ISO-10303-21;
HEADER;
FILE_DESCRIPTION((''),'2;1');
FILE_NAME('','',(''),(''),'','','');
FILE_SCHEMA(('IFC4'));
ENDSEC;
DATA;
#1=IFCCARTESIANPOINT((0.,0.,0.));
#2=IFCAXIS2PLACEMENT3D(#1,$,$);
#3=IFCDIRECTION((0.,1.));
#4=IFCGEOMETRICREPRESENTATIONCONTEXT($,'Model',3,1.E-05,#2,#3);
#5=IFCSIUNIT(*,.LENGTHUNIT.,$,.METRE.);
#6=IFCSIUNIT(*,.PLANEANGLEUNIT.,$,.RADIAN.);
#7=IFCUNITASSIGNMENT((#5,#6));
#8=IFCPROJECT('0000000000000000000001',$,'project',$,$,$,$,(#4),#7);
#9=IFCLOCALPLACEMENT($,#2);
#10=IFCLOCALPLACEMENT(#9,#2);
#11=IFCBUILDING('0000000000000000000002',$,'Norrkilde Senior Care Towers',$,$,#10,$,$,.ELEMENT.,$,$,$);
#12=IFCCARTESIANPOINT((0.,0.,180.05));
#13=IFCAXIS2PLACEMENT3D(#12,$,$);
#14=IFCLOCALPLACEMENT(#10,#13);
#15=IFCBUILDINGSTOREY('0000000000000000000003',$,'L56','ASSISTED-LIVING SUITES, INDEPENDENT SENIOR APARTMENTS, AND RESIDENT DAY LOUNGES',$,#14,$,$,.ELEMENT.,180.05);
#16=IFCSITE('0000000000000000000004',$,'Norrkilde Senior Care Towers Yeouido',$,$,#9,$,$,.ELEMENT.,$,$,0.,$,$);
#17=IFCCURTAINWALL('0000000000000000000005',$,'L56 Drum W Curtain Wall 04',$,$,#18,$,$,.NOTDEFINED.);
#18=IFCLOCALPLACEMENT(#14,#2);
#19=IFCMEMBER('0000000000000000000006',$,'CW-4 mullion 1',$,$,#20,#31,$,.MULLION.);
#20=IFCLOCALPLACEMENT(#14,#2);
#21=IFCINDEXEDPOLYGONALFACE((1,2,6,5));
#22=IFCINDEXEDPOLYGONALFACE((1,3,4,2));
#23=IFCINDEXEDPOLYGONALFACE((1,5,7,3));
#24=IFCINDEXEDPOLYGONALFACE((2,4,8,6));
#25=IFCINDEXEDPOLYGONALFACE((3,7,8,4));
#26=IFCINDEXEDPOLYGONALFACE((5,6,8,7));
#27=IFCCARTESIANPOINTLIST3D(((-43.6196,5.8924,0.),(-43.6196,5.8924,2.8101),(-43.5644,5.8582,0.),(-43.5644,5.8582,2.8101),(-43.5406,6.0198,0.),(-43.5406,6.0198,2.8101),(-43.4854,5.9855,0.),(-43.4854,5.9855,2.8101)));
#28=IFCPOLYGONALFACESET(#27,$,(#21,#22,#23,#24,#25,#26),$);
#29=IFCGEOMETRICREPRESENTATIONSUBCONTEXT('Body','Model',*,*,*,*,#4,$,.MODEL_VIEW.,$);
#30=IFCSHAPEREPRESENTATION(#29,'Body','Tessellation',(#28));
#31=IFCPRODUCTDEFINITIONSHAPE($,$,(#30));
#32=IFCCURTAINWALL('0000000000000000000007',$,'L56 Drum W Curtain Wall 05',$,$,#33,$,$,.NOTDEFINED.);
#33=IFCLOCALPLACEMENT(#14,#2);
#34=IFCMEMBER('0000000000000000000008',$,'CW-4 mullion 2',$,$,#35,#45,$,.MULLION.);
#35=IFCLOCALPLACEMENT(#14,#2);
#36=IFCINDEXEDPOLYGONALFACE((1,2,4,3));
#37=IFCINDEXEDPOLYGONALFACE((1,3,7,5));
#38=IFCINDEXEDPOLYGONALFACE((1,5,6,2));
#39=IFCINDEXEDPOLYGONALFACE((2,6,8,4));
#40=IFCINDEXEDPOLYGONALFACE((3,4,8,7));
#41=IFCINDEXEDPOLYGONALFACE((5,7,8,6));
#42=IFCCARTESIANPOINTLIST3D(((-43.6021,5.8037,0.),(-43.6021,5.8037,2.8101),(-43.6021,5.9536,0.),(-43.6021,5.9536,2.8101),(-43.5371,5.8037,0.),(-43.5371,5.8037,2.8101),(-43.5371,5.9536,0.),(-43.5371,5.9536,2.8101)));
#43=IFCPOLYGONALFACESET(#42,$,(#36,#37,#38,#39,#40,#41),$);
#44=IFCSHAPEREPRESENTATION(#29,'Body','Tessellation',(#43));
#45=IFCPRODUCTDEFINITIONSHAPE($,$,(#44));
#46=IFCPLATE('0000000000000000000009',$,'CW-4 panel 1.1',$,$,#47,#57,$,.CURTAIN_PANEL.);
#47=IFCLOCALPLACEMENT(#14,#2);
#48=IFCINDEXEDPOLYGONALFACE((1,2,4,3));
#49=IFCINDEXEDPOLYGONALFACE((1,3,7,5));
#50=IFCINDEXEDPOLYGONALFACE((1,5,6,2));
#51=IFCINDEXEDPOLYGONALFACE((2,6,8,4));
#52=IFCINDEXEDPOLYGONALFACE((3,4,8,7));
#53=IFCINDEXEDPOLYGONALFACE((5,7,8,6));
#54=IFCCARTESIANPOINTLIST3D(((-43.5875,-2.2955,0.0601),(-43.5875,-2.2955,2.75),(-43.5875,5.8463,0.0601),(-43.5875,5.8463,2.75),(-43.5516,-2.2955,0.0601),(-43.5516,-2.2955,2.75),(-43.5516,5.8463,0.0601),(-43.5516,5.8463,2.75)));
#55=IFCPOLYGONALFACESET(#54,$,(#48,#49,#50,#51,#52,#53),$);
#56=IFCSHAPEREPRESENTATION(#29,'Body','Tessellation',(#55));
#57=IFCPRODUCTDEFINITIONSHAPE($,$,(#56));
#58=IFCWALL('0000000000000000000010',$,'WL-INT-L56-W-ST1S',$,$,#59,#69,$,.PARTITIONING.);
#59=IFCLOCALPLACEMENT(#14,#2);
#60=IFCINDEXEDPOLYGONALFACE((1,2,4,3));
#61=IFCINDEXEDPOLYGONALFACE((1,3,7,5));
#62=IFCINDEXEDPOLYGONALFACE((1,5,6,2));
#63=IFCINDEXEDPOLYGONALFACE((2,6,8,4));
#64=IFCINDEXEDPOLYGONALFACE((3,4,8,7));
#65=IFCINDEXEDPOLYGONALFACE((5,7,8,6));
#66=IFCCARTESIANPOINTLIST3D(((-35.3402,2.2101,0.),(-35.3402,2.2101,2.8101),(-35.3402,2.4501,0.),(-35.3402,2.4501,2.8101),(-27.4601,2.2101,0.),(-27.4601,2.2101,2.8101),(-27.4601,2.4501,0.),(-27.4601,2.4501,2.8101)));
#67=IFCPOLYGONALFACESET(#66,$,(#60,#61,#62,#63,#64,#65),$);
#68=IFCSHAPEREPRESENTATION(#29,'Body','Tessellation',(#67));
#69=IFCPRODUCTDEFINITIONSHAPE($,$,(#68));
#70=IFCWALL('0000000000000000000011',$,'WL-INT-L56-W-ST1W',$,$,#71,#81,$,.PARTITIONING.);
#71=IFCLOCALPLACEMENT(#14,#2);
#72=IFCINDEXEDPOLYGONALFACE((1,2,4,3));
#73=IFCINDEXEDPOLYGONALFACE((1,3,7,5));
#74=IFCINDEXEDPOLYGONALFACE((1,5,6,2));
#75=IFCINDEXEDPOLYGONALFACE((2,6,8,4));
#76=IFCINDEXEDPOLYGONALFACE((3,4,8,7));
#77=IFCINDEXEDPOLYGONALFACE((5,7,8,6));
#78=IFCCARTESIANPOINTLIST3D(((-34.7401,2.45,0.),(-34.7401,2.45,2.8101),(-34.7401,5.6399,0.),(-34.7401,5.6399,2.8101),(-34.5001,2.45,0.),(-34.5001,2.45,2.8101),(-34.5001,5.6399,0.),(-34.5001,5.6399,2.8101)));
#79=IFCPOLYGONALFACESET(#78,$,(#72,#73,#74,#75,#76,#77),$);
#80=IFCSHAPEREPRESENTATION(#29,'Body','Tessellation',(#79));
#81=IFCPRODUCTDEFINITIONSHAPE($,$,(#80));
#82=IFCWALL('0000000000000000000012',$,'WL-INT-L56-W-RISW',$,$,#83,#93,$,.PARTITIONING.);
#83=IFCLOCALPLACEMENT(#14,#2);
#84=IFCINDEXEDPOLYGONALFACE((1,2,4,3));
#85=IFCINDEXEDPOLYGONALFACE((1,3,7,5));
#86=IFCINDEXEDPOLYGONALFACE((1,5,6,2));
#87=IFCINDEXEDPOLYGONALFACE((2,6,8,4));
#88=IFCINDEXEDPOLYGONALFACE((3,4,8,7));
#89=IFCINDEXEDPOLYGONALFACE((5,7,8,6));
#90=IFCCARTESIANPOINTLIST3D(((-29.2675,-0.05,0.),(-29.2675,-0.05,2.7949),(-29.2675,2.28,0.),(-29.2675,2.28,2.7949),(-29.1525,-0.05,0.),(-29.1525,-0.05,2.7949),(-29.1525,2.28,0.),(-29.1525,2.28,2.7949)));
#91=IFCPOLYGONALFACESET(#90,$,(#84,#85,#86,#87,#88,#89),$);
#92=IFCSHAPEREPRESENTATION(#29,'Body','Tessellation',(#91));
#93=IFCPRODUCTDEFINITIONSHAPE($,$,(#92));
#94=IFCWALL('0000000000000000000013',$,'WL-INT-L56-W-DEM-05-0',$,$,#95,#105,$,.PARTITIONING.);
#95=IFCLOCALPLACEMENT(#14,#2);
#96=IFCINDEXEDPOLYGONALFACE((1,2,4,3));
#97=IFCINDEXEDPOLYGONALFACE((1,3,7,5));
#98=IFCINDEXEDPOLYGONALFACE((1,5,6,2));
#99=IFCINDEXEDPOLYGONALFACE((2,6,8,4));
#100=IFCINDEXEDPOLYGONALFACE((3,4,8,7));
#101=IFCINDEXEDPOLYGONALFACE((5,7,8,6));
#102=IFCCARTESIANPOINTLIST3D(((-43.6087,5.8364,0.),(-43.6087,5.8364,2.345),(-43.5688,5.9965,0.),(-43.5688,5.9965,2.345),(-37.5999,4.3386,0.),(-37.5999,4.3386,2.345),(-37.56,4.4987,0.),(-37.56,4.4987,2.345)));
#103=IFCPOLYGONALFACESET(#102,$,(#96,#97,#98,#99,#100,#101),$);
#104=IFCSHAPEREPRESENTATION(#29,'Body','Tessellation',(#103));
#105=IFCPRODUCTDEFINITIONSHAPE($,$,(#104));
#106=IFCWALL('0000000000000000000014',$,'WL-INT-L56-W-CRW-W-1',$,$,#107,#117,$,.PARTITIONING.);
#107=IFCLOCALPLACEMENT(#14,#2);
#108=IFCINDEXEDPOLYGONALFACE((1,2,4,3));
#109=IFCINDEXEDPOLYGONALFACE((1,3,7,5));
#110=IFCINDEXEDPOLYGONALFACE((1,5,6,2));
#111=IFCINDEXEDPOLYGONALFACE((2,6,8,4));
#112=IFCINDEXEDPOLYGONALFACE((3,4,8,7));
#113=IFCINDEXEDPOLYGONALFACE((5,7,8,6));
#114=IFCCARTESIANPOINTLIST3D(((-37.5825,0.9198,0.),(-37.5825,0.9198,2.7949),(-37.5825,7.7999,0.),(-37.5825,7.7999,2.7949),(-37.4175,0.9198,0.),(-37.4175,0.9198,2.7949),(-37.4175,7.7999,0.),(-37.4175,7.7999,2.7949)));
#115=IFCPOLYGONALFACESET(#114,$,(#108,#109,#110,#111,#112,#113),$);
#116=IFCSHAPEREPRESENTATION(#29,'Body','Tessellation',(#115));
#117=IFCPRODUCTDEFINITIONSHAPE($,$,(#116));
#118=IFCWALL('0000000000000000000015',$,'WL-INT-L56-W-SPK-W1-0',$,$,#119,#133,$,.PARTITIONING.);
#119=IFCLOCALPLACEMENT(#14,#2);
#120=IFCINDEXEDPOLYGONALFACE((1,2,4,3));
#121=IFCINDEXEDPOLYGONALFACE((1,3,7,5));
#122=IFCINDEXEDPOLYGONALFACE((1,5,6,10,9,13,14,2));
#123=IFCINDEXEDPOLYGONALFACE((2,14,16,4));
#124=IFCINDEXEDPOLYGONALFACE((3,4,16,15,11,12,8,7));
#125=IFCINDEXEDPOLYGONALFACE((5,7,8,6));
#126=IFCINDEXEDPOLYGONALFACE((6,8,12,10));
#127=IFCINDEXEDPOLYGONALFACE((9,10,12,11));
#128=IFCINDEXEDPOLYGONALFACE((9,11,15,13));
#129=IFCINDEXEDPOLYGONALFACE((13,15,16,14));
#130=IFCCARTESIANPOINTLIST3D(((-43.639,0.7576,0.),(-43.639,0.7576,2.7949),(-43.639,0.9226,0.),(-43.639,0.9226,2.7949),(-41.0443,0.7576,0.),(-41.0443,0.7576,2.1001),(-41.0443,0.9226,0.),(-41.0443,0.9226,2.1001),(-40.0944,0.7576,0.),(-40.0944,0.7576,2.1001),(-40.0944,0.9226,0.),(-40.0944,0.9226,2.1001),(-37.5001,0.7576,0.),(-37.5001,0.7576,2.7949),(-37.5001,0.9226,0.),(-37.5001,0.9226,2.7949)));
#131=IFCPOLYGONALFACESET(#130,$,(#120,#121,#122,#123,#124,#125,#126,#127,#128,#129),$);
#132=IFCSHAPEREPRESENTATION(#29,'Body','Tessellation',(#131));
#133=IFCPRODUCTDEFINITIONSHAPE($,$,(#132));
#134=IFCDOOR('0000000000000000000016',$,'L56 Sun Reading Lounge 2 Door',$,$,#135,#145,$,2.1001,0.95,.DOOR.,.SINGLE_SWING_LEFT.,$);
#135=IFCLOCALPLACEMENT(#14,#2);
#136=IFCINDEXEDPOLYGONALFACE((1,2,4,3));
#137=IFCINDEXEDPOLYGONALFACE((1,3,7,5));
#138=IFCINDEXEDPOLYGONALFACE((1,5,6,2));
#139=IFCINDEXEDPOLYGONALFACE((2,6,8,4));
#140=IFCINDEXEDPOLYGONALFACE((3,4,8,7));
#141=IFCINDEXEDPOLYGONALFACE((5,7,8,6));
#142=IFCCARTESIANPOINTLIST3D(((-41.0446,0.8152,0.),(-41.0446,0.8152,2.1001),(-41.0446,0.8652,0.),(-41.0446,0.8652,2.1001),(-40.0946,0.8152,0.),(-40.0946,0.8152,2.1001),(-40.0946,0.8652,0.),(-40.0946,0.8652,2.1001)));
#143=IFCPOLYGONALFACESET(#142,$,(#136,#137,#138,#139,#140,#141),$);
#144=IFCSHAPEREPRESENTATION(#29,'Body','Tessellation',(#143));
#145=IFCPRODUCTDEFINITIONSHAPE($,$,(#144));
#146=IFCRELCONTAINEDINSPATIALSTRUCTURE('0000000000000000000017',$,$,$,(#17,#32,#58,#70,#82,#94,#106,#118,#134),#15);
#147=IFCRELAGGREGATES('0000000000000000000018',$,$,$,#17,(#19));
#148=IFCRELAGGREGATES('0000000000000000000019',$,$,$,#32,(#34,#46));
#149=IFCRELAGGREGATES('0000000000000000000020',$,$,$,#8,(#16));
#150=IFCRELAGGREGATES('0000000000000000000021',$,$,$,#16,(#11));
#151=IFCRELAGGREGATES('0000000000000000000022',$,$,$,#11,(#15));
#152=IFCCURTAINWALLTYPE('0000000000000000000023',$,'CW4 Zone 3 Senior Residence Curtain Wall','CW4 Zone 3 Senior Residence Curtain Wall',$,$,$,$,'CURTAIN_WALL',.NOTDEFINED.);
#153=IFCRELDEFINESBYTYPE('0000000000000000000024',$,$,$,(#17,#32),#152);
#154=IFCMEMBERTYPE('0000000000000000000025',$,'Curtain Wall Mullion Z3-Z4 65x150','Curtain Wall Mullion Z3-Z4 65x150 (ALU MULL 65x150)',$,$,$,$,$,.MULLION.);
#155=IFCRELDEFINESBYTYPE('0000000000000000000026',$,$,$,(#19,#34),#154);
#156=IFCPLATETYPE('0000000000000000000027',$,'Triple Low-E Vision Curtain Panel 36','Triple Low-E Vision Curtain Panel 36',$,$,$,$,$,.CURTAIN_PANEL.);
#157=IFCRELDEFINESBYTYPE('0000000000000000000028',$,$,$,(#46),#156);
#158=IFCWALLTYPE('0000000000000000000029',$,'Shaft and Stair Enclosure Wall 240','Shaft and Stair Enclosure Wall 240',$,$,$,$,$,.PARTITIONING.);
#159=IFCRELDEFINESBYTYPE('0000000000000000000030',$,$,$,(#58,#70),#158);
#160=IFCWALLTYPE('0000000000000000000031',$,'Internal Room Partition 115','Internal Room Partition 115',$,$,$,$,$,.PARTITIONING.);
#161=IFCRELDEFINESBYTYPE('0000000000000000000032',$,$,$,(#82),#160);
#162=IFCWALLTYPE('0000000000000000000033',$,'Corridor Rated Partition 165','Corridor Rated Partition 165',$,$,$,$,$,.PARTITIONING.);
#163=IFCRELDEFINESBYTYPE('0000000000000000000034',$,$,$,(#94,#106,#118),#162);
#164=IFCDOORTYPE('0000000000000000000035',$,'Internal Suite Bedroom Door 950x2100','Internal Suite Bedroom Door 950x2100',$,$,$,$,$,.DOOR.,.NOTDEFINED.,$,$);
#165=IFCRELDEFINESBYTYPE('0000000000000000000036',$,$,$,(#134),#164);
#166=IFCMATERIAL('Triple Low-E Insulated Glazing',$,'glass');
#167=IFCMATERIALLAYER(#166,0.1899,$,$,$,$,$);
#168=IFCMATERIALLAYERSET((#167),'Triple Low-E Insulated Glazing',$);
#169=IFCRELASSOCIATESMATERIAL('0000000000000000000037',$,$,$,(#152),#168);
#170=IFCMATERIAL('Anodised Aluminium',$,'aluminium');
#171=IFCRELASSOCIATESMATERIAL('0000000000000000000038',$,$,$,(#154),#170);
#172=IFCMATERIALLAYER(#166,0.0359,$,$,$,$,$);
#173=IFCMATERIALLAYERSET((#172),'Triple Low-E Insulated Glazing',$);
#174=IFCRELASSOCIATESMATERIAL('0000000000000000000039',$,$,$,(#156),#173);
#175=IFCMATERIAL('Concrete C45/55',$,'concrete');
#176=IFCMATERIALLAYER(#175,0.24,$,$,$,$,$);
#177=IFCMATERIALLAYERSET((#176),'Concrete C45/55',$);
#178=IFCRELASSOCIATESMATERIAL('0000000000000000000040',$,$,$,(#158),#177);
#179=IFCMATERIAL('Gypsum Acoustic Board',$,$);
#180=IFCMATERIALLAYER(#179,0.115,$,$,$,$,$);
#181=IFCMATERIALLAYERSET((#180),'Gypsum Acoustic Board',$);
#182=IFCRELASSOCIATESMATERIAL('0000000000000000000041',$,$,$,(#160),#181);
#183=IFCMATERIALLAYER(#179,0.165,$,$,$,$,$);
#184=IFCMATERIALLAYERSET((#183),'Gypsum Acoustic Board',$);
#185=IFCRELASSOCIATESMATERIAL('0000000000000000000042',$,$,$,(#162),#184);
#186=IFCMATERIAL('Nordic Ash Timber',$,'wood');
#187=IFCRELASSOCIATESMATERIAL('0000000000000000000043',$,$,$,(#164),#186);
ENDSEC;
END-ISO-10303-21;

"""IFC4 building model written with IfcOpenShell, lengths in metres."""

from ifc_helpers import new_model, si_unit, direction, frame, frame_2d, origin, origin_2d, place, context, subcontext, project, spatial, rectangle, extrude, source, transform, mapped, material, layer, layer_set, material_profile, profile_set, type_object, type_shapes, element, fill, aggregate, save


model = new_model("IFC4")

# Units and contexts
model_context = context("Model", 3, precision=1e-05, world=origin(), true_north=direction((0.0, 1.0)))
body_context = subcontext(model_context, "Body", "Model", "MODEL_VIEW")
ifc_project = project(units=[si_unit("LENGTHUNIT", "METRE"), si_unit("PLANEANGLEUNIT", "RADIAN")], contexts=[model_context])

# Site, building, storey
site_placement = place(None, origin())
site = spatial("IfcSite", under=ifc_project, at=site_placement, Name="Norrkilde Senior Care Towers Yeouido", CompositionType="ELEMENT", RefElevation=0.0)
building_placement = place(site_placement, origin())
building = spatial("IfcBuilding", under=site, at=building_placement, Name="Norrkilde Senior Care Towers", CompositionType="ELEMENT")
storey_placement = place(building_placement, frame((0.0, 0.0, 180.05)))
storey = spatial("IfcBuildingStorey", under=building, at=storey_placement, Name="L56", Description="ASSISTED-LIVING SUITES, INDEPENDENT SENIOR APARTMENTS, AND RESIDENT DAY LOUNGES", CompositionType="ELEMENT", Elevation=180.05)

# Curtain wall, member
ifc_material_1 = material(Name="Triple Low-E Insulated Glazing", Category="glass")
ifc_layer_1 = layer(ifc_material_1, 0.1899)
ifc_layer_set_1 = layer_set([ifc_layer_1], Name="Triple Low-E Insulated Glazing")
curtain_wall_type = type_object("IfcCurtainWallType", Name="CW4 Zone 3 Senior Residence Curtain Wall", Description="CW4 Zone 3 Senior Residence Curtain Wall", ElementType="CURTAIN_WALL", PredefinedType="NOTDEFINED", material=ifc_layer_set_1)
curtain_wall_1_placement = place(storey_placement, origin())
curtain_wall_1 = element("IfcCurtainWall", 1, at=curtain_wall_1_placement, inside=storey, type_object=curtain_wall_type, Name="L56 Drum W Curtain Wall 04", PredefinedType="NOTDEFINED")
ifc_material_2 = material(Name="Anodised Aluminium", Category="aluminium")
ifc_material_profile_1 = material_profile(ifc_material_2, rectangle(XDim=0.0649, YDim=0.1499, at=origin_2d()), Name="ALU MULL 65x150")
ifc_profile_set_1 = profile_set([ifc_material_profile_1], Name="Anodised Aluminium")
member_type = type_object("IfcMemberType", Name="Curtain Wall Mullion Z3-Z4 65x150", Description="Curtain Wall Mullion Z3-Z4 65x150 (ALU MULL 65x150)", PredefinedType="MULLION", material=ifc_profile_set_1)
shared_shape_1 = source(origin(), body_context, "Body", "SweptSolid", [
    extrude(rectangle(XDim=0.0649, YDim=0.1499, at=origin_2d()), origin(), (0.0, 0.0, 1.0), 2.8101),
])
type_shapes(member_type, [shared_shape_1])
member_1_placement = place(storey_placement, frame((-43.5525, 5.939, 0.0), z_axis=(0.0, 0.0, 1.0), x_axis=(-0.849634, 0.527373, 0.0)))
member_1 = element("IfcMember", 2, at=member_1_placement, type_object=member_type, Name="CW-4 mullion 1", PredefinedType="MULLION", context=body_context, shape_type="MappedRepresentation", body=[
    mapped(shared_shape_1, transform((0.0, 0.0, 0.0), x_axis=(1.0, 0.0, 0.0), y_axis=(0.0, 1.0, 0.0), z_axis=(0.0, 0.0, 1.0), scale=1.0)),
])
aggregate(curtain_wall_1, [member_1])

# Curtain wall, member, plate
curtain_wall_2_placement = place(storey_placement, origin())
curtain_wall_2 = element("IfcCurtainWall", 3, at=curtain_wall_2_placement, inside=storey, type_object=curtain_wall_type, Name="L56 Drum W Curtain Wall 05", PredefinedType="NOTDEFINED")
member_2_placement = place(storey_placement, frame((-43.5696, 5.8787, 0.0), z_axis=(0.0, 0.0, 1.0), x_axis=(-1.0, 0.0, 0.0)))
member_2 = element("IfcMember", 4, at=member_2_placement, type_object=member_type, Name="CW-4 mullion 2", PredefinedType="MULLION", context=body_context, shape_type="MappedRepresentation", body=[
    mapped(shared_shape_1, transform((0.0, 0.0, 0.0), x_axis=(1.0, 0.0, 0.0), y_axis=(0.0, 1.0, 0.0), z_axis=(0.0, 0.0, 1.0), scale=1.0)),
])
ifc_layer_2 = layer(ifc_material_1, 0.0359)
ifc_layer_set_2 = layer_set([ifc_layer_2], Name="Triple Low-E Insulated Glazing")
plate_type = type_object("IfcPlateType", Name="Triple Low-E Vision Curtain Panel 36", Description="Triple Low-E Vision Curtain Panel 36", PredefinedType="CURTAIN_PANEL", material=ifc_layer_set_2)
shared_shape_2 = source(origin(), body_context, "Body", "SweptSolid", [
    extrude(rectangle(XDim=8.1418, YDim=0.0359, at=origin_2d()), origin(), (0.0, 0.0, 1.0), 2.6899),
])
type_shapes(plate_type, [shared_shape_2])
plate_placement = place(storey_placement, frame((-43.5696, 1.7754, 0.0601), z_axis=(0.0, 0.0, 1.0), x_axis=(0.0, 1.0, 0.0)))
plate = element("IfcPlate", 5, at=plate_placement, type_object=plate_type, Name="CW-4 panel 1.1", PredefinedType="CURTAIN_PANEL", context=body_context, shape_type="MappedRepresentation", body=[
    mapped(shared_shape_2, transform((0.0, 0.0, 0.0), x_axis=(1.0, 0.0, 0.0), y_axis=(0.0, 1.0, 0.0), z_axis=(0.0, 0.0, 1.0), scale=1.0)),
])
aggregate(curtain_wall_2, [member_2, plate])

# Walls
ifc_material_3 = material(Name="Concrete C45/55", Category="concrete")
ifc_layer_3 = layer(ifc_material_3, 0.24)
ifc_layer_set_3 = layer_set([ifc_layer_3], Name="Concrete C45/55")
wall_type_1 = type_object("IfcWallType", Name="Shaft and Stair Enclosure Wall 240", Description="Shaft and Stair Enclosure Wall 240", PredefinedType="PARTITIONING", material=ifc_layer_set_3)
shared_shape_3 = source(origin(), body_context, "Body", "SweptSolid", [
    extrude(rectangle(XDim=7.8801, YDim=0.24, at=frame_2d((3.9399, 0.0))), origin(), (0.0, 0.0, 1.0), 2.8101),
])
wall_1_placement = place(storey_placement, frame((-35.3401, 2.3301, 0.0), z_axis=(0.0, 0.0, 1.0), x_axis=(1.0, 0.0, 0.0)))
element("IfcWall", 6, at=wall_1_placement, inside=storey, type_object=wall_type_1, Name="WL-INT-L56-W-ST1S", PredefinedType="PARTITIONING", context=body_context, shape_type="MappedRepresentation", body=[
    mapped(shared_shape_3, transform((0.0, 0.0, 0.0), x_axis=(1.0, 0.0, 0.0), y_axis=(0.0, 1.0, 0.0), z_axis=(0.0, 0.0, 1.0), scale=1.0)),
])
shared_shape_4 = source(origin(), body_context, "Body", "SweptSolid", [
    extrude(rectangle(XDim=3.1899, YDim=0.24, at=frame_2d((1.595, 0.0))), origin(), (0.0, 0.0, 1.0), 2.8101),
])
type_shapes(wall_type_1, [shared_shape_3, shared_shape_4])
wall_2_placement = place(storey_placement, frame((-34.6201, 2.45, 0.0), z_axis=(0.0, 0.0, 1.0), x_axis=(0.0, 1.0, 0.0)))
element("IfcWall", 7, at=wall_2_placement, inside=storey, type_object=wall_type_1, Name="WL-INT-L56-W-ST1W", PredefinedType="PARTITIONING", context=body_context, shape_type="MappedRepresentation", body=[
    mapped(shared_shape_4, transform((0.0, 0.0, 0.0), x_axis=(1.0, 0.0, 0.0), y_axis=(0.0, 1.0, 0.0), z_axis=(0.0, 0.0, 1.0), scale=1.0)),
])
ifc_material_4 = material(Name="Gypsum Acoustic Board")
ifc_layer_4 = layer(ifc_material_4, 0.115)
ifc_layer_set_4 = layer_set([ifc_layer_4], Name="Gypsum Acoustic Board")
wall_type_2 = type_object("IfcWallType", Name="Internal Room Partition 115", Description="Internal Room Partition 115", PredefinedType="PARTITIONING", material=ifc_layer_set_4)
shared_shape_5 = source(origin(), body_context, "Body", "SweptSolid", [
    extrude(rectangle(XDim=2.3301, YDim=0.115, at=frame_2d((1.165, 0.0))), origin(), (0.0, 0.0, 1.0), 2.7949),
])
type_shapes(wall_type_2, [shared_shape_5])
wall_3_placement = place(storey_placement, frame((-29.21, -0.05, 0.0), z_axis=(0.0, 0.0, 1.0), x_axis=(0.0, 1.0, 0.0)))
element("IfcWall", 8, at=wall_3_placement, inside=storey, type_object=wall_type_2, Name="WL-INT-L56-W-RISW", PredefinedType="PARTITIONING", context=body_context, shape_type="MappedRepresentation", body=[
    mapped(shared_shape_5, transform((0.0, 0.0, 0.0), x_axis=(1.0, 0.0, 0.0), y_axis=(0.0, 1.0, 0.0), z_axis=(0.0, 0.0, 1.0), scale=1.0)),
])
ifc_layer_5 = layer(ifc_material_4, 0.165)
ifc_layer_set_5 = layer_set([ifc_layer_5], Name="Gypsum Acoustic Board")
wall_type_3 = type_object("IfcWallType", Name="Corridor Rated Partition 165", Description="Corridor Rated Partition 165", PredefinedType="PARTITIONING", material=ifc_layer_set_5)
shared_shape_6 = source(origin(), body_context, "Body", "SweptSolid", [
    extrude(rectangle(XDim=6.1926, YDim=0.165, at=frame_2d((3.0962, 0.0))), origin(), (0.0, 0.0, 1.0), 2.345),
])
wall_4_placement = place(storey_placement, frame((-37.5801, 4.4187, 0.0), z_axis=(0.0, 0.0, 1.0), x_axis=(-0.970309, 0.241868, 0.0)))
element("IfcWall", 9, at=wall_4_placement, inside=storey, type_object=wall_type_3, Name="WL-INT-L56-W-DEM-05-0", PredefinedType="PARTITIONING", context=body_context, shape_type="MappedRepresentation", body=[
    mapped(shared_shape_6, transform((0.0, 0.0, 0.0), x_axis=(1.0, 0.0, 0.0), y_axis=(0.0, 1.0, 0.0), z_axis=(0.0, 0.0, 1.0), scale=1.0)),
])
shared_shape_7 = source(origin(), body_context, "Body", "SweptSolid", [
    extrude(rectangle(XDim=6.8801, YDim=0.165, at=frame_2d((3.4399, 0.0))), origin(), (0.0, 0.0, 1.0), 2.7949),
])
wall_5_placement = place(storey_placement, frame((-37.5, 0.9199, 0.0), z_axis=(0.0, 0.0, 1.0), x_axis=(0.0, 1.0, 0.0)))
element("IfcWall", 10, at=wall_5_placement, inside=storey, type_object=wall_type_3, Name="WL-INT-L56-W-CRW-W-1", PredefinedType="PARTITIONING", context=body_context, shape_type="MappedRepresentation", body=[
    mapped(shared_shape_7, transform((0.0, 0.0, 0.0), x_axis=(1.0, 0.0, 0.0), y_axis=(0.0, 1.0, 0.0), z_axis=(0.0, 0.0, 1.0), scale=1.0)),
])

# Wall, opening, door
shared_shape_8 = source(origin(), body_context, "Body", "SweptSolid", [
    extrude(rectangle(XDim=6.1389, YDim=0.165, at=frame_2d((3.0693, 0.0))), origin(), (0.0, 0.0, 1.0), 2.7949),
])
type_shapes(wall_type_3, [shared_shape_6, shared_shape_7, shared_shape_8])
wall_6_placement = place(storey_placement, frame((-43.6389, 0.8401, 0.0), z_axis=(0.0, 0.0, 1.0), x_axis=(1.0, 0.0, 0.0)))
wall_6 = element("IfcWall", 11, at=wall_6_placement, inside=storey, type_object=wall_type_3, Name="WL-INT-L56-W-SPK-W1-0", PredefinedType="PARTITIONING", context=body_context, shape_type="MappedRepresentation", body=[
    mapped(shared_shape_8, transform((0.0, 0.0, 0.0), x_axis=(1.0, 0.0, 0.0), y_axis=(0.0, 1.0, 0.0), z_axis=(0.0, 0.0, 1.0), scale=1.0)),
])
opening_placement = place(wall_6_placement, frame((2.5945, 0.0, 0.0)))
opening = element("IfcOpeningElement", 12, at=opening_placement, cuts=wall_6, PredefinedType="OPENING", context=body_context, shape_type="SweptSolid", body=[
    extrude(rectangle(XDim=0.95, YDim=2.1001, at=frame_2d((0.4751, 1.05))), frame((0.0, 0.0925, 0.0), z_axis=(0.0, -1.0, 0.0), x_axis=(1.0, 0.0, 0.0)), (0.0, 0.0, 1.0), 0.1851),
])
ifc_material_5 = material(Name="Nordic Ash Timber", Category="wood")
door_type = type_object("IfcDoorType", Name="Internal Suite Bedroom Door 950x2100", Description="Internal Suite Bedroom Door 950x2100", OperationType="NOTDEFINED", PredefinedType="DOOR", material=ifc_material_5)
shared_shape_9 = source(origin(), body_context, "Body", "SweptSolid", [
    extrude(rectangle(XDim=0.95, YDim=2.1001, at=frame_2d((0.4751, 1.05))), frame((0.0, 0.0249, 0.0), z_axis=(0.0, -1.0, 0.0), x_axis=(1.0, 0.0, 0.0)), (0.0, 0.0, 1.0), 0.05),
])
type_shapes(door_type, [shared_shape_9])
door_placement = place(opening_placement, frame((0.95, 0.0, 0.0), z_axis=(0.0, 0.0, 1.0), x_axis=(-1.0, 0.0, 0.0)))
door = element("IfcDoor", 13, at=door_placement, inside=storey, type_object=door_type, Name="L56 Sun Reading Lounge 2 Door", OperationType="SINGLE_SWING_LEFT", OverallHeight=2.1001, OverallWidth=0.95, PredefinedType="DOOR", context=body_context, shape_type="MappedRepresentation", body=[
    mapped(shared_shape_9, transform((0.0, 0.0, 0.0), x_axis=(1.0, 0.0, 0.0), y_axis=(0.0, 1.0, 0.0), z_axis=(0.0, 0.0, 1.0), scale=1.0)),
])
fill(opening, door)

save(model, "model.ifc")
